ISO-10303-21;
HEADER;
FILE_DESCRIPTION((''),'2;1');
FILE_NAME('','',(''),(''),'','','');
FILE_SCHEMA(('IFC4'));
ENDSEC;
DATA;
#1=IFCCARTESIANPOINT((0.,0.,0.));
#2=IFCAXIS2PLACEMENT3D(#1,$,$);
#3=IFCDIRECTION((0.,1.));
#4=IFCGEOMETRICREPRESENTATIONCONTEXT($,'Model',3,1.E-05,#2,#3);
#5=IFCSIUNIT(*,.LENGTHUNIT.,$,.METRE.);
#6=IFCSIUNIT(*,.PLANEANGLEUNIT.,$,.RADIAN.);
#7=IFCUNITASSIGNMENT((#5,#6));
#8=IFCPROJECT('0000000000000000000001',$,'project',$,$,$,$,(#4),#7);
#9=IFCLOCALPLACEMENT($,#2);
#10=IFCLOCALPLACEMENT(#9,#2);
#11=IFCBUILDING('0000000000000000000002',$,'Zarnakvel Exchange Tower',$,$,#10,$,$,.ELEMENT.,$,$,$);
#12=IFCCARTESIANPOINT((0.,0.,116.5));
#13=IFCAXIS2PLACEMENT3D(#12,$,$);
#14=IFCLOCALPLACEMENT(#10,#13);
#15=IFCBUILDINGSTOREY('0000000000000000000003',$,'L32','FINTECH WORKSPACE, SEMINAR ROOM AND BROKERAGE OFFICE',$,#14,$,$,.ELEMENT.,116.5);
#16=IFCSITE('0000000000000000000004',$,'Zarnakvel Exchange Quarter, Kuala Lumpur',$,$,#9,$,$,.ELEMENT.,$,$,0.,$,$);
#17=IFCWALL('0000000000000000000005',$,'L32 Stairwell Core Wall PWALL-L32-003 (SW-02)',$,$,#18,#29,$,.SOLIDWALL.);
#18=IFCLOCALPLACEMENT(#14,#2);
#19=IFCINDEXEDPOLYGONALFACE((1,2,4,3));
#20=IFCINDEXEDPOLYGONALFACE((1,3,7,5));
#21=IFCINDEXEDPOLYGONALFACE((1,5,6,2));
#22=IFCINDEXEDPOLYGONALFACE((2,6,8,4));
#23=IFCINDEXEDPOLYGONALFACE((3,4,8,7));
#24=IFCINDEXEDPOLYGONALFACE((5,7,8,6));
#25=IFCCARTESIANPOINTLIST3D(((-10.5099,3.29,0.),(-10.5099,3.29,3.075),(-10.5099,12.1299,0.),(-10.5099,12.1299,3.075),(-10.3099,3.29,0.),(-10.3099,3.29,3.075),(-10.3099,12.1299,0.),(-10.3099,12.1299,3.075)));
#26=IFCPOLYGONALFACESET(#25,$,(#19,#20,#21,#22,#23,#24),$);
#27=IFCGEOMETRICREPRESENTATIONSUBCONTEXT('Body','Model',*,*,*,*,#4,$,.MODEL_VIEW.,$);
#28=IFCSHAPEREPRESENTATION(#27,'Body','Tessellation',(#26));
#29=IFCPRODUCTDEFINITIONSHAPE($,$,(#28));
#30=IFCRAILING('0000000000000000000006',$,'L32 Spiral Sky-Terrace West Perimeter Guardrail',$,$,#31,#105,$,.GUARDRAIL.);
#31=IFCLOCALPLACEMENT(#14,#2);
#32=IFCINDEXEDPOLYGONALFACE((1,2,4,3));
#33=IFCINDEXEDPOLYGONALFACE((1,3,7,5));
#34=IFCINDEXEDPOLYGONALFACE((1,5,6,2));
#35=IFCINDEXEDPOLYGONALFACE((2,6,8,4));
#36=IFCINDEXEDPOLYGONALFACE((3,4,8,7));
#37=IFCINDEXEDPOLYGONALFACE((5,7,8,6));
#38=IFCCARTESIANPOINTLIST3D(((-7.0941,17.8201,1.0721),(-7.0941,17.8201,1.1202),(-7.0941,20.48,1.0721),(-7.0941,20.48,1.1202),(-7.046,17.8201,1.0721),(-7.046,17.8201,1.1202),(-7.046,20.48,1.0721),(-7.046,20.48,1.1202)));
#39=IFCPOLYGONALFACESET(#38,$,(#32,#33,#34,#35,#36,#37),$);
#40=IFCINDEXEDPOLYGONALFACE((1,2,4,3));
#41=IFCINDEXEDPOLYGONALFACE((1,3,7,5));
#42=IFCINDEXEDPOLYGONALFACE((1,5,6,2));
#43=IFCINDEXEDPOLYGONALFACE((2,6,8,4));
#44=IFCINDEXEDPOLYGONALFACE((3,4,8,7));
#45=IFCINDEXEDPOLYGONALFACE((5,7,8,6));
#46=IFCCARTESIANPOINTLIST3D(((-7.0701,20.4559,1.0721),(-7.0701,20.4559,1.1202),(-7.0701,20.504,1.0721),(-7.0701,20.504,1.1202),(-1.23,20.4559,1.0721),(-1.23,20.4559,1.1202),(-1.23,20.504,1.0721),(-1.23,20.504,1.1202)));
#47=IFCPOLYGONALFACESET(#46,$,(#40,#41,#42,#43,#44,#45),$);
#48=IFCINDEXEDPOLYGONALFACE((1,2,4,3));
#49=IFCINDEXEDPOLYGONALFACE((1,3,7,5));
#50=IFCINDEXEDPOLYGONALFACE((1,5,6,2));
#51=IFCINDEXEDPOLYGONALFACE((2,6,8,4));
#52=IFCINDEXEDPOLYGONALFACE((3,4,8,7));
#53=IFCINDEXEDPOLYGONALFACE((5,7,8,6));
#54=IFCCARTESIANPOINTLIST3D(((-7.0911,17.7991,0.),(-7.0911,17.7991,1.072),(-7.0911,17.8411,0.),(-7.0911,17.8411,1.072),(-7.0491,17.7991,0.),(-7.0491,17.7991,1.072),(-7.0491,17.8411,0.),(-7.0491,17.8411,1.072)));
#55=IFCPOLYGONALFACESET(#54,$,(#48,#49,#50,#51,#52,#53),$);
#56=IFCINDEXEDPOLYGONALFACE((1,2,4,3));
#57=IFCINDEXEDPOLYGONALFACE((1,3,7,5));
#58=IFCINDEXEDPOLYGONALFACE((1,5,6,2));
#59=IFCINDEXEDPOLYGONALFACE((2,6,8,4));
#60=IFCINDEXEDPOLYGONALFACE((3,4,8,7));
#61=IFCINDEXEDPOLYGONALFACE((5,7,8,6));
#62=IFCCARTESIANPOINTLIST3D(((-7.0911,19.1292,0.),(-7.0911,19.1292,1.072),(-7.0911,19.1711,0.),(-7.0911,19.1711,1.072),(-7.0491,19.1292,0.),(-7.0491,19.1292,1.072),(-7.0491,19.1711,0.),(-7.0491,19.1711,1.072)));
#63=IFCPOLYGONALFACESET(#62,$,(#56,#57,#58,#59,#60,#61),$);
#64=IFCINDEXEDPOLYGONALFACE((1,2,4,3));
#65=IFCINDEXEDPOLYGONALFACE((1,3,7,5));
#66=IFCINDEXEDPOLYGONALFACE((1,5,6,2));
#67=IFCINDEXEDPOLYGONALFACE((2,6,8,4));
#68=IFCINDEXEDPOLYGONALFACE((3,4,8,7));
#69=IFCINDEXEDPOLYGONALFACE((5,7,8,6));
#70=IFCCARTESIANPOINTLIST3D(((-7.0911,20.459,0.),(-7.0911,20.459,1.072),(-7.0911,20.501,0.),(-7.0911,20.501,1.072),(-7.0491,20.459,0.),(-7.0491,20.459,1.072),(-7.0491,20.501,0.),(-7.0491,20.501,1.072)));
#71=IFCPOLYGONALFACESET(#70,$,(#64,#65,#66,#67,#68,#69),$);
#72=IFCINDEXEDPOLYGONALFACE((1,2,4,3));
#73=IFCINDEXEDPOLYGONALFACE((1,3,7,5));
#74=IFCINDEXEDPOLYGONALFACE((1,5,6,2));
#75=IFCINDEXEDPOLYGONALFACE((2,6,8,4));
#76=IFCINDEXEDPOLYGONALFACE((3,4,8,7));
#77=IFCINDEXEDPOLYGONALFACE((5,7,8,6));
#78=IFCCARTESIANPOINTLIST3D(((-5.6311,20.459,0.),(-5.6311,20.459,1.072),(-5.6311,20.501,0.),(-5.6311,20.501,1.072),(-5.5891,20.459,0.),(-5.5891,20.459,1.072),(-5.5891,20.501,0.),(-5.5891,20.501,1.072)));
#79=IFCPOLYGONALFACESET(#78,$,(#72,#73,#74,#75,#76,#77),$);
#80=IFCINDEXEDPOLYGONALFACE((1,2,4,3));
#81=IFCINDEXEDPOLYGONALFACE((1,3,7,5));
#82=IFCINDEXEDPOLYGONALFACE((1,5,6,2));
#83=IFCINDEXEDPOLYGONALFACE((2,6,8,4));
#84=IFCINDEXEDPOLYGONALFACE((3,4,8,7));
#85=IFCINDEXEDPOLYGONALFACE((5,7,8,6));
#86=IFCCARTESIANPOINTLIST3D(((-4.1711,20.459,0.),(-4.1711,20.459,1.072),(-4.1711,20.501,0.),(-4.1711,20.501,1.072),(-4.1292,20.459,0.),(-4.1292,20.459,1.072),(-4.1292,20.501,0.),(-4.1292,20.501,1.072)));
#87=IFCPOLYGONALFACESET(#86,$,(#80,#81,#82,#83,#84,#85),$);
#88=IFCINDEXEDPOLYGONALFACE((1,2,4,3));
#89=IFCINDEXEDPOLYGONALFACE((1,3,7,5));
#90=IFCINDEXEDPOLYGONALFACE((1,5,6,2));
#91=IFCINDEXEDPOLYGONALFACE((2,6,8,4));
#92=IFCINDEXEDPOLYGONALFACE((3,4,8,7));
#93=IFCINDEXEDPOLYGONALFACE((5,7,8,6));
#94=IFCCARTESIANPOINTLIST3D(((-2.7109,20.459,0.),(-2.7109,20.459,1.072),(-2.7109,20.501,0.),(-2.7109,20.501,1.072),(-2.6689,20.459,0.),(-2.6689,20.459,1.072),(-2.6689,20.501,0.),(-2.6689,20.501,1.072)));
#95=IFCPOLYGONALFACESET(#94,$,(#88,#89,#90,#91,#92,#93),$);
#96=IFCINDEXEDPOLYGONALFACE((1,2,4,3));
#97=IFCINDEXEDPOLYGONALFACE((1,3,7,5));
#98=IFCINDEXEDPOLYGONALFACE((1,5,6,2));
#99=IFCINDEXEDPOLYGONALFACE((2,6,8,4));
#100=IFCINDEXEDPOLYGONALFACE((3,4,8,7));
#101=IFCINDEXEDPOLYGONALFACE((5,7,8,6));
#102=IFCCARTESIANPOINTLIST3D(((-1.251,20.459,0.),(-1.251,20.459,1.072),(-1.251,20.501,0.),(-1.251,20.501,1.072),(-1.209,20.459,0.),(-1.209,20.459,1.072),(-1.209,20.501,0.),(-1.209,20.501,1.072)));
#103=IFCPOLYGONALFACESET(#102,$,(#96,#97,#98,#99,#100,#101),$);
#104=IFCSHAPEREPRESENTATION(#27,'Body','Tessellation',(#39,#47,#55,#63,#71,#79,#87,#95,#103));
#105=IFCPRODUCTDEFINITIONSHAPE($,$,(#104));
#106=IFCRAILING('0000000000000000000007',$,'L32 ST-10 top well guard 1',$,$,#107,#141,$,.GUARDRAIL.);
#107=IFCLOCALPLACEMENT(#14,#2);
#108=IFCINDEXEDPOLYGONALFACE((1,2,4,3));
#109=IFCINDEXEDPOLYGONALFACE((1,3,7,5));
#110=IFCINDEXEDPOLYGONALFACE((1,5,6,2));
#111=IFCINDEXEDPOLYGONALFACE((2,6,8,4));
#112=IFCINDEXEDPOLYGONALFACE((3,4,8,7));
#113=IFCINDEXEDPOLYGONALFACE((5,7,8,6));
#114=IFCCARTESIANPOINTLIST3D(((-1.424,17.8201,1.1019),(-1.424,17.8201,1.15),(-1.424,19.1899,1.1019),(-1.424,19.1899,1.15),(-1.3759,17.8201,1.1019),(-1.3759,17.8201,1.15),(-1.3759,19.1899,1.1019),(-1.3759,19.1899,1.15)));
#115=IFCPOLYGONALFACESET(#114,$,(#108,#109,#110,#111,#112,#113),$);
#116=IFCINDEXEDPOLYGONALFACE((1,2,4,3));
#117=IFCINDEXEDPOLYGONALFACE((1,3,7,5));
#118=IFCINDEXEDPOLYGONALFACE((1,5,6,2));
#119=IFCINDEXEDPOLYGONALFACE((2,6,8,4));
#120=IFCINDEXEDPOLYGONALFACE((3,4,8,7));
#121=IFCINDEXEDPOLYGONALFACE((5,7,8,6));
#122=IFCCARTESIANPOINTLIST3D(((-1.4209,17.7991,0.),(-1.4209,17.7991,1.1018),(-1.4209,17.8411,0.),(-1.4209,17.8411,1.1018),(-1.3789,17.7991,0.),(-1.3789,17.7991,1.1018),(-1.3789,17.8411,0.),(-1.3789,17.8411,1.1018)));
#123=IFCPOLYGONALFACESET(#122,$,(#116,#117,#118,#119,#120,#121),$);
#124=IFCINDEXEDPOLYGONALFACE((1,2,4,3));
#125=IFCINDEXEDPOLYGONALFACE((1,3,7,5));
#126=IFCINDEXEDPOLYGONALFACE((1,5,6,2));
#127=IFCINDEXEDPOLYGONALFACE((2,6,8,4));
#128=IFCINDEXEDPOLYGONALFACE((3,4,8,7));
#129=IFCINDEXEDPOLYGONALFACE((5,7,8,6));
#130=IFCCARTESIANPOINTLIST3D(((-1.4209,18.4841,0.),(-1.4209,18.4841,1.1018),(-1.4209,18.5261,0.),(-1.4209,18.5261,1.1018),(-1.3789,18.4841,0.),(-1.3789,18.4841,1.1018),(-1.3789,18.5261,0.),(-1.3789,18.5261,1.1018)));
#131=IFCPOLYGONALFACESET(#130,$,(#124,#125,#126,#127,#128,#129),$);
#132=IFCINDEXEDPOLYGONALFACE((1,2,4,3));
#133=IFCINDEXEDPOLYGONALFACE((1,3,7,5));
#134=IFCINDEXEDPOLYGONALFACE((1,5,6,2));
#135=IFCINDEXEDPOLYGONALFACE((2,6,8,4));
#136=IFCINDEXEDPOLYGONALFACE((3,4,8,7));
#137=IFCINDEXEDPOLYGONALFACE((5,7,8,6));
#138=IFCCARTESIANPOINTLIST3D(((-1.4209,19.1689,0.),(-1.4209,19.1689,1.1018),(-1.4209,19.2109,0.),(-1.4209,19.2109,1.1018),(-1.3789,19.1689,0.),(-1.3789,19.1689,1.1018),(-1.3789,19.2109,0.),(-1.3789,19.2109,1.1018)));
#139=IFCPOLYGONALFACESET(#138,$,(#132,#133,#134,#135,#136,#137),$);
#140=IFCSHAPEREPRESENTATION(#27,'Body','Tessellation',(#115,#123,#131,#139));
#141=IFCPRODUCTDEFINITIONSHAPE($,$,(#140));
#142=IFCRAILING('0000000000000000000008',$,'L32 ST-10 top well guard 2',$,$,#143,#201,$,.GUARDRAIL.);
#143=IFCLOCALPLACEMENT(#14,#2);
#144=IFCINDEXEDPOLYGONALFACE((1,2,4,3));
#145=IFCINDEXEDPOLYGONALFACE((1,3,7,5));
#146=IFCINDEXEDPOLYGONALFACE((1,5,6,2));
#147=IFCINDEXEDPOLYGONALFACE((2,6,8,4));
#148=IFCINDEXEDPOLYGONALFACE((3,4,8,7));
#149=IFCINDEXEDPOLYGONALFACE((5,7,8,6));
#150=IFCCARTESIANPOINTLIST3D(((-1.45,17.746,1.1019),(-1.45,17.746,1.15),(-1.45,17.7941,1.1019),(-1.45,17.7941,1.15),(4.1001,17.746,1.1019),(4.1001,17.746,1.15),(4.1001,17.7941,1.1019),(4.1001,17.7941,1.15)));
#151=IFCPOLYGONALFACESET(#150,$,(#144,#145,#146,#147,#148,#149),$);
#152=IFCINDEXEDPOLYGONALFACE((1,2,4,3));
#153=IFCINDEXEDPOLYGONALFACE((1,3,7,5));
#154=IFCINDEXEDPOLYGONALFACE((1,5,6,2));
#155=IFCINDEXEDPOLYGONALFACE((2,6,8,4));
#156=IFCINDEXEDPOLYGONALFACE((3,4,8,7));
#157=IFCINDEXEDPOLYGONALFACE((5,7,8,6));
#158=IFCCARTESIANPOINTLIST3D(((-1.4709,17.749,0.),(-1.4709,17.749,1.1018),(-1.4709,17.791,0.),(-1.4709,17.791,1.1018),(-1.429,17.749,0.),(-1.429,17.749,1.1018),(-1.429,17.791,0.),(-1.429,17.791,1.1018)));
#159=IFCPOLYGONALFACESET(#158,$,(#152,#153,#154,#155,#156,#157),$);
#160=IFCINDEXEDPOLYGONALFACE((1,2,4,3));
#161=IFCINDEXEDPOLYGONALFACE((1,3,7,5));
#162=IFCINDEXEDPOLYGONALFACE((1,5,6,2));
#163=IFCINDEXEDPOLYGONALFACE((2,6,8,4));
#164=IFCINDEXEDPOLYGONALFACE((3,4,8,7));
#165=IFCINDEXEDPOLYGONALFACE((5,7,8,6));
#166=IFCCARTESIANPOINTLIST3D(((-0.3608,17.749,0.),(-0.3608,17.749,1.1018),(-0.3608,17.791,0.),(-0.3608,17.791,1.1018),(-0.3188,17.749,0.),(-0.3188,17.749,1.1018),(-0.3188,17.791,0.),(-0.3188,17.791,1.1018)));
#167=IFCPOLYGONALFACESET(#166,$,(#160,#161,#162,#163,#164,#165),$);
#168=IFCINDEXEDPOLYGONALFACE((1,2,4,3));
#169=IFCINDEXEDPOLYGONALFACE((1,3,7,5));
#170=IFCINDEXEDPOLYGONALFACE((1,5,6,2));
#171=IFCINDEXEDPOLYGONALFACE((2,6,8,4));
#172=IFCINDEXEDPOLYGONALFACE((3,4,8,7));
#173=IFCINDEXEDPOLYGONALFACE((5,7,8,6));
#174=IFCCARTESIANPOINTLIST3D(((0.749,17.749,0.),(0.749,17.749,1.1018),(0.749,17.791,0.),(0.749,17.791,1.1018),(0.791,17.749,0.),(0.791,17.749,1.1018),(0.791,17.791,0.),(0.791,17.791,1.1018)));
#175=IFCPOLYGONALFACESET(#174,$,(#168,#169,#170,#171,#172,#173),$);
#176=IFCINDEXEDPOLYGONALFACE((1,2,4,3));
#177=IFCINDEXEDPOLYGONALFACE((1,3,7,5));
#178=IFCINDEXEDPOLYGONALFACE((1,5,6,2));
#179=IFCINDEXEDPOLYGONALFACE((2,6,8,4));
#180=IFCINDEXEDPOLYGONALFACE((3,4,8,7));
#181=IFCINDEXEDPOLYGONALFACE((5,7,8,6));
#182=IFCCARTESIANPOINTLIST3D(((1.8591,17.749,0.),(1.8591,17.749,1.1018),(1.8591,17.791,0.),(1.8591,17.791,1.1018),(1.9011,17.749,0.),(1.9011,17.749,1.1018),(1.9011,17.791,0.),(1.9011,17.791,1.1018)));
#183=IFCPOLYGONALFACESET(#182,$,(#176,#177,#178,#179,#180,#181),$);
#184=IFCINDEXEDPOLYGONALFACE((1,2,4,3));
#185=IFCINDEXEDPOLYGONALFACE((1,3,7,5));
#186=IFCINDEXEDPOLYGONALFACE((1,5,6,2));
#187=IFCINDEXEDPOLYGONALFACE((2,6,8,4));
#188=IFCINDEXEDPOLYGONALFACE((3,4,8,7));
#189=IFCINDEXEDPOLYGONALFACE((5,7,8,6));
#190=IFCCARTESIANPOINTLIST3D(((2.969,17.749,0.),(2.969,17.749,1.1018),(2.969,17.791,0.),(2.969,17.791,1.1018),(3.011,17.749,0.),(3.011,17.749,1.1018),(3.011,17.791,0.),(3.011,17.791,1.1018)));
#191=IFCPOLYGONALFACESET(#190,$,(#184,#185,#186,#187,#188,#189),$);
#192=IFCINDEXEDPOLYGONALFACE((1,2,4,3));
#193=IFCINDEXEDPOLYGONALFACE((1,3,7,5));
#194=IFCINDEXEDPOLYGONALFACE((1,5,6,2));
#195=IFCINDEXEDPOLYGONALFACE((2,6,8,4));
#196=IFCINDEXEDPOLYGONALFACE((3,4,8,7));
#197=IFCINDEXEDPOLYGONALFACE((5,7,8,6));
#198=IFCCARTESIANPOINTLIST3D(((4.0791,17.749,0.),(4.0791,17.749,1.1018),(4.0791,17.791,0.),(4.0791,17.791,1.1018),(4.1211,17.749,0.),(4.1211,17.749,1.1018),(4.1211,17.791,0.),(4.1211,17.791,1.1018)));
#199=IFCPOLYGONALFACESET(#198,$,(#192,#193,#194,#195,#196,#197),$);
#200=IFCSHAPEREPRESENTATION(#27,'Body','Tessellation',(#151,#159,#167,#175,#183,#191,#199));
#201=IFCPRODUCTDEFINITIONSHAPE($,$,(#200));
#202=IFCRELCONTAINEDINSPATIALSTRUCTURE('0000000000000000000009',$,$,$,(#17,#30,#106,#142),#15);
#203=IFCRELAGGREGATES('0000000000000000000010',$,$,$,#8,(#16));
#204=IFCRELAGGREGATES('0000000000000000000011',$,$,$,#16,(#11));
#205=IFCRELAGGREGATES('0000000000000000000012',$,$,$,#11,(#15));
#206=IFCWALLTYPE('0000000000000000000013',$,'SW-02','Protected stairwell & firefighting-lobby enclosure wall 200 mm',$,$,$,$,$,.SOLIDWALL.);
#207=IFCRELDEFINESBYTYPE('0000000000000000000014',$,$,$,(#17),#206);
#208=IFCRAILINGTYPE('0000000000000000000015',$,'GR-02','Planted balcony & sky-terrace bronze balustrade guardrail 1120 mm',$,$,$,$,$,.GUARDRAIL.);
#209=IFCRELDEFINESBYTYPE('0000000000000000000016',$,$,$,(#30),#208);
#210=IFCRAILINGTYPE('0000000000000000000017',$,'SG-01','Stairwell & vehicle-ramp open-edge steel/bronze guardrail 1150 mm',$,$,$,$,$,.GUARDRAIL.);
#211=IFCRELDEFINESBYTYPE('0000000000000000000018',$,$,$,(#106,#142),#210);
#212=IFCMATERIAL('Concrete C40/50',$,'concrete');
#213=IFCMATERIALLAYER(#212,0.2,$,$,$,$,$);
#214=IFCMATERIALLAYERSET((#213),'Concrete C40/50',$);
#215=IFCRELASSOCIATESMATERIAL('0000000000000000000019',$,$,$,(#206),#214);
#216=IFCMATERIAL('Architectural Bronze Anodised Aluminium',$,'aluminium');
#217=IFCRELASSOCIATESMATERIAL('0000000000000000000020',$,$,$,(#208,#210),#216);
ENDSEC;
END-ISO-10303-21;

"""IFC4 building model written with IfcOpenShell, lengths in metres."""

from ifc_helpers import new_model, si_unit, direction, frame, frame_2d, origin, origin_2d, place, context, subcontext, project, spatial, rectangle, extrude, material, layer, layer_set, type_object, element, save


model = new_model("IFC4")

# Units and contexts
model_context = context("Model", 3, precision=1e-05, world=origin(), true_north=direction((0.0, 1.0)))
body_context = subcontext(model_context, "Body", "Model", "MODEL_VIEW")
ifc_project = project(units=[si_unit("LENGTHUNIT", "METRE"), si_unit("PLANEANGLEUNIT", "RADIAN")], contexts=[model_context])

# Site, building, storey
site_placement = place(None, origin())
site = spatial("IfcSite", under=ifc_project, at=site_placement, Name="Zarnakvel Exchange Quarter, Kuala Lumpur", CompositionType="ELEMENT", RefElevation=0.0)
building_placement = place(site_placement, origin())
building = spatial("IfcBuilding", under=site, at=building_placement, Name="Zarnakvel Exchange Tower", CompositionType="ELEMENT")
storey_placement = place(building_placement, frame((0.0, 0.0, 116.5)))
storey = spatial("IfcBuildingStorey", under=building, at=storey_placement, Name="L32", Description="FINTECH WORKSPACE, SEMINAR ROOM AND BROKERAGE OFFICE", CompositionType="ELEMENT", Elevation=116.5)

# Shared definitions
ifc_material_1 = material(Name="Architectural Bronze Anodised Aluminium", Category="aluminium")

# Wall
ifc_material_2 = material(Name="Concrete C40/50", Category="concrete")
ifc_layer_1 = layer(ifc_material_2, 0.2)
ifc_layer_set_1 = layer_set([ifc_layer_1], Name="Concrete C40/50")
wall_type_1 = type_object("IfcWallType", Name="SW-02", Description="Protected stairwell & firefighting-lobby enclosure wall 200 mm", PredefinedType="SOLIDWALL", material=ifc_layer_set_1)
wall_1_placement = place(storey_placement, frame((-10.4099, 12.1299, 0.0), z_axis=(0.0, 0.0, 1.0), x_axis=(0.0, -1.0, 0.0)))
element("IfcWall", 1, at=wall_1_placement, inside=storey, type_object=wall_type_1, Name="L32 Stairwell Core Wall PWALL-L32-003 (SW-02)", PredefinedType="SOLIDWALL", context=body_context, shape_type="SweptSolid", body=[
    extrude(rectangle(XDim=8.8398, YDim=0.2, at=frame_2d((4.4199, 0.0))), origin(), (0.0, 0.0, 1.0), 3.075),
])

# Railings
railing_type_1 = type_object("IfcRailingType", Name="GR-02", Description="Planted balcony & sky-terrace bronze balustrade guardrail 1120 mm", PredefinedType="GUARDRAIL", material=ifc_material_1)
railing_1_placement = place(storey_placement, frame((-7.0701, 17.8201, 0.0)))
element("IfcRailing", 2, at=railing_1_placement, inside=storey, type_object=railing_type_1, Name="L32 Spiral Sky-Terrace West Perimeter Guardrail", PredefinedType="GUARDRAIL", context=body_context, shape_type="SweptSolid", body=[
    extrude(rectangle(XDim=0.0481, YDim=0.0481, at=origin_2d()), frame((0.0, 0.0, 1.0962), z_axis=(0.0, 1.0, 0.0), x_axis=(-1.0, 0.0, 0.0)), (0.0, 0.0, 1.0), 2.6599),
    extrude(rectangle(XDim=0.0481, YDim=0.0481, at=origin_2d()), frame((0.0, 2.6599, 1.0962), z_axis=(1.0, 0.0, 0.0), x_axis=(0.0, 1.0, 0.0)), (0.0, 0.0, 1.0), 5.8401),
    extrude(rectangle(XDim=0.042, YDim=0.042, at=origin_2d()), origin(), (0.0, 0.0, 1.0), 1.072),
    extrude(rectangle(XDim=0.042, YDim=0.042, at=origin_2d()), frame((0.0, 1.3301, 0.0)), (0.0, 0.0, 1.0), 1.072),
    extrude(rectangle(XDim=0.042, YDim=0.042, at=origin_2d()), frame((0.0, 2.6599, 0.0)), (0.0, 0.0, 1.0), 1.072),
    extrude(rectangle(XDim=0.042, YDim=0.042, at=origin_2d()), frame((1.46, 2.6599, 0.0)), (0.0, 0.0, 1.0), 1.072),
    extrude(rectangle(XDim=0.042, YDim=0.042, at=origin_2d()), frame((2.9199, 2.6599, 0.0)), (0.0, 0.0, 1.0), 1.072),
    extrude(rectangle(XDim=0.042, YDim=0.042, at=origin_2d()), frame((4.3801, 2.6599, 0.0)), (0.0, 0.0, 1.0), 1.072),
    extrude(rectangle(XDim=0.042, YDim=0.042, at=origin_2d()), frame((5.8401, 2.6599, 0.0)), (0.0, 0.0, 1.0), 1.072),
])
railing_type_2 = type_object("IfcRailingType", Name="SG-01", Description="Stairwell & vehicle-ramp open-edge steel/bronze guardrail 1150 mm", PredefinedType="GUARDRAIL", material=ifc_material_1)
railing_2_placement = place(storey_placement, frame((-1.3999, 17.8201, 0.0)))
element("IfcRailing", 3, at=railing_2_placement, inside=storey, type_object=railing_type_2, Name="L32 ST-10 top well guard 1", PredefinedType="GUARDRAIL", context=body_context, shape_type="SweptSolid", body=[
    extrude(rectangle(XDim=0.0481, YDim=0.0481, at=origin_2d()), frame((0.0, 0.0, 1.126), z_axis=(0.0, 1.0, 0.0), x_axis=(-1.0, 0.0, 0.0)), (0.0, 0.0, 1.0), 1.3699),
    extrude(rectangle(XDim=0.042, YDim=0.042, at=origin_2d()), origin(), (0.0, 0.0, 1.0), 1.1018),
    extrude(rectangle(XDim=0.042, YDim=0.042, at=origin_2d()), frame((0.0, 0.6851, 0.0)), (0.0, 0.0, 1.0), 1.1018),
    extrude(rectangle(XDim=0.042, YDim=0.042, at=origin_2d()), frame((0.0, 1.3699, 0.0)), (0.0, 0.0, 1.0), 1.1018),
])
for number, where, name in (
    (4, (-1.45, 17.77, 0.0), "L32 ST-10 top well guard 2"),
):
    element("IfcRailing", number, at=place(storey_placement, frame(where)), inside=storey, type_object=railing_type_2, Name=name, PredefinedType="GUARDRAIL", context=body_context, shape_type="SweptSolid", body=[
        extrude(rectangle(XDim=0.0481, YDim=0.0481, at=origin_2d()), frame((0.0, 0.0, 1.126), z_axis=(1.0, 0.0, 0.0), x_axis=(0.0, 1.0, 0.0)), (0.0, 0.0, 1.0), 5.55),
        extrude(rectangle(XDim=0.042, YDim=0.042, at=origin_2d()), origin(), (0.0, 0.0, 1.0), 1.1018),
        extrude(rectangle(XDim=0.042, YDim=0.042, at=origin_2d()), frame((1.1101, 0.0, 0.0)), (0.0, 0.0, 1.0), 1.1018),
        extrude(rectangle(XDim=0.042, YDim=0.042, at=origin_2d()), frame((2.22, 0.0, 0.0)), (0.0, 0.0, 1.0), 1.1018),
        extrude(rectangle(XDim=0.042, YDim=0.042, at=origin_2d()), frame((3.3301, 0.0, 0.0)), (0.0, 0.0, 1.0), 1.1018),
        extrude(rectangle(XDim=0.042, YDim=0.042, at=origin_2d()), frame((4.4399, 0.0, 0.0)), (0.0, 0.0, 1.0), 1.1018),
        extrude(rectangle(XDim=0.042, YDim=0.042, at=origin_2d()), frame((5.55, 0.0, 0.0)), (0.0, 0.0, 1.0), 1.1018),
    ])

save(model, "model.ifc")
